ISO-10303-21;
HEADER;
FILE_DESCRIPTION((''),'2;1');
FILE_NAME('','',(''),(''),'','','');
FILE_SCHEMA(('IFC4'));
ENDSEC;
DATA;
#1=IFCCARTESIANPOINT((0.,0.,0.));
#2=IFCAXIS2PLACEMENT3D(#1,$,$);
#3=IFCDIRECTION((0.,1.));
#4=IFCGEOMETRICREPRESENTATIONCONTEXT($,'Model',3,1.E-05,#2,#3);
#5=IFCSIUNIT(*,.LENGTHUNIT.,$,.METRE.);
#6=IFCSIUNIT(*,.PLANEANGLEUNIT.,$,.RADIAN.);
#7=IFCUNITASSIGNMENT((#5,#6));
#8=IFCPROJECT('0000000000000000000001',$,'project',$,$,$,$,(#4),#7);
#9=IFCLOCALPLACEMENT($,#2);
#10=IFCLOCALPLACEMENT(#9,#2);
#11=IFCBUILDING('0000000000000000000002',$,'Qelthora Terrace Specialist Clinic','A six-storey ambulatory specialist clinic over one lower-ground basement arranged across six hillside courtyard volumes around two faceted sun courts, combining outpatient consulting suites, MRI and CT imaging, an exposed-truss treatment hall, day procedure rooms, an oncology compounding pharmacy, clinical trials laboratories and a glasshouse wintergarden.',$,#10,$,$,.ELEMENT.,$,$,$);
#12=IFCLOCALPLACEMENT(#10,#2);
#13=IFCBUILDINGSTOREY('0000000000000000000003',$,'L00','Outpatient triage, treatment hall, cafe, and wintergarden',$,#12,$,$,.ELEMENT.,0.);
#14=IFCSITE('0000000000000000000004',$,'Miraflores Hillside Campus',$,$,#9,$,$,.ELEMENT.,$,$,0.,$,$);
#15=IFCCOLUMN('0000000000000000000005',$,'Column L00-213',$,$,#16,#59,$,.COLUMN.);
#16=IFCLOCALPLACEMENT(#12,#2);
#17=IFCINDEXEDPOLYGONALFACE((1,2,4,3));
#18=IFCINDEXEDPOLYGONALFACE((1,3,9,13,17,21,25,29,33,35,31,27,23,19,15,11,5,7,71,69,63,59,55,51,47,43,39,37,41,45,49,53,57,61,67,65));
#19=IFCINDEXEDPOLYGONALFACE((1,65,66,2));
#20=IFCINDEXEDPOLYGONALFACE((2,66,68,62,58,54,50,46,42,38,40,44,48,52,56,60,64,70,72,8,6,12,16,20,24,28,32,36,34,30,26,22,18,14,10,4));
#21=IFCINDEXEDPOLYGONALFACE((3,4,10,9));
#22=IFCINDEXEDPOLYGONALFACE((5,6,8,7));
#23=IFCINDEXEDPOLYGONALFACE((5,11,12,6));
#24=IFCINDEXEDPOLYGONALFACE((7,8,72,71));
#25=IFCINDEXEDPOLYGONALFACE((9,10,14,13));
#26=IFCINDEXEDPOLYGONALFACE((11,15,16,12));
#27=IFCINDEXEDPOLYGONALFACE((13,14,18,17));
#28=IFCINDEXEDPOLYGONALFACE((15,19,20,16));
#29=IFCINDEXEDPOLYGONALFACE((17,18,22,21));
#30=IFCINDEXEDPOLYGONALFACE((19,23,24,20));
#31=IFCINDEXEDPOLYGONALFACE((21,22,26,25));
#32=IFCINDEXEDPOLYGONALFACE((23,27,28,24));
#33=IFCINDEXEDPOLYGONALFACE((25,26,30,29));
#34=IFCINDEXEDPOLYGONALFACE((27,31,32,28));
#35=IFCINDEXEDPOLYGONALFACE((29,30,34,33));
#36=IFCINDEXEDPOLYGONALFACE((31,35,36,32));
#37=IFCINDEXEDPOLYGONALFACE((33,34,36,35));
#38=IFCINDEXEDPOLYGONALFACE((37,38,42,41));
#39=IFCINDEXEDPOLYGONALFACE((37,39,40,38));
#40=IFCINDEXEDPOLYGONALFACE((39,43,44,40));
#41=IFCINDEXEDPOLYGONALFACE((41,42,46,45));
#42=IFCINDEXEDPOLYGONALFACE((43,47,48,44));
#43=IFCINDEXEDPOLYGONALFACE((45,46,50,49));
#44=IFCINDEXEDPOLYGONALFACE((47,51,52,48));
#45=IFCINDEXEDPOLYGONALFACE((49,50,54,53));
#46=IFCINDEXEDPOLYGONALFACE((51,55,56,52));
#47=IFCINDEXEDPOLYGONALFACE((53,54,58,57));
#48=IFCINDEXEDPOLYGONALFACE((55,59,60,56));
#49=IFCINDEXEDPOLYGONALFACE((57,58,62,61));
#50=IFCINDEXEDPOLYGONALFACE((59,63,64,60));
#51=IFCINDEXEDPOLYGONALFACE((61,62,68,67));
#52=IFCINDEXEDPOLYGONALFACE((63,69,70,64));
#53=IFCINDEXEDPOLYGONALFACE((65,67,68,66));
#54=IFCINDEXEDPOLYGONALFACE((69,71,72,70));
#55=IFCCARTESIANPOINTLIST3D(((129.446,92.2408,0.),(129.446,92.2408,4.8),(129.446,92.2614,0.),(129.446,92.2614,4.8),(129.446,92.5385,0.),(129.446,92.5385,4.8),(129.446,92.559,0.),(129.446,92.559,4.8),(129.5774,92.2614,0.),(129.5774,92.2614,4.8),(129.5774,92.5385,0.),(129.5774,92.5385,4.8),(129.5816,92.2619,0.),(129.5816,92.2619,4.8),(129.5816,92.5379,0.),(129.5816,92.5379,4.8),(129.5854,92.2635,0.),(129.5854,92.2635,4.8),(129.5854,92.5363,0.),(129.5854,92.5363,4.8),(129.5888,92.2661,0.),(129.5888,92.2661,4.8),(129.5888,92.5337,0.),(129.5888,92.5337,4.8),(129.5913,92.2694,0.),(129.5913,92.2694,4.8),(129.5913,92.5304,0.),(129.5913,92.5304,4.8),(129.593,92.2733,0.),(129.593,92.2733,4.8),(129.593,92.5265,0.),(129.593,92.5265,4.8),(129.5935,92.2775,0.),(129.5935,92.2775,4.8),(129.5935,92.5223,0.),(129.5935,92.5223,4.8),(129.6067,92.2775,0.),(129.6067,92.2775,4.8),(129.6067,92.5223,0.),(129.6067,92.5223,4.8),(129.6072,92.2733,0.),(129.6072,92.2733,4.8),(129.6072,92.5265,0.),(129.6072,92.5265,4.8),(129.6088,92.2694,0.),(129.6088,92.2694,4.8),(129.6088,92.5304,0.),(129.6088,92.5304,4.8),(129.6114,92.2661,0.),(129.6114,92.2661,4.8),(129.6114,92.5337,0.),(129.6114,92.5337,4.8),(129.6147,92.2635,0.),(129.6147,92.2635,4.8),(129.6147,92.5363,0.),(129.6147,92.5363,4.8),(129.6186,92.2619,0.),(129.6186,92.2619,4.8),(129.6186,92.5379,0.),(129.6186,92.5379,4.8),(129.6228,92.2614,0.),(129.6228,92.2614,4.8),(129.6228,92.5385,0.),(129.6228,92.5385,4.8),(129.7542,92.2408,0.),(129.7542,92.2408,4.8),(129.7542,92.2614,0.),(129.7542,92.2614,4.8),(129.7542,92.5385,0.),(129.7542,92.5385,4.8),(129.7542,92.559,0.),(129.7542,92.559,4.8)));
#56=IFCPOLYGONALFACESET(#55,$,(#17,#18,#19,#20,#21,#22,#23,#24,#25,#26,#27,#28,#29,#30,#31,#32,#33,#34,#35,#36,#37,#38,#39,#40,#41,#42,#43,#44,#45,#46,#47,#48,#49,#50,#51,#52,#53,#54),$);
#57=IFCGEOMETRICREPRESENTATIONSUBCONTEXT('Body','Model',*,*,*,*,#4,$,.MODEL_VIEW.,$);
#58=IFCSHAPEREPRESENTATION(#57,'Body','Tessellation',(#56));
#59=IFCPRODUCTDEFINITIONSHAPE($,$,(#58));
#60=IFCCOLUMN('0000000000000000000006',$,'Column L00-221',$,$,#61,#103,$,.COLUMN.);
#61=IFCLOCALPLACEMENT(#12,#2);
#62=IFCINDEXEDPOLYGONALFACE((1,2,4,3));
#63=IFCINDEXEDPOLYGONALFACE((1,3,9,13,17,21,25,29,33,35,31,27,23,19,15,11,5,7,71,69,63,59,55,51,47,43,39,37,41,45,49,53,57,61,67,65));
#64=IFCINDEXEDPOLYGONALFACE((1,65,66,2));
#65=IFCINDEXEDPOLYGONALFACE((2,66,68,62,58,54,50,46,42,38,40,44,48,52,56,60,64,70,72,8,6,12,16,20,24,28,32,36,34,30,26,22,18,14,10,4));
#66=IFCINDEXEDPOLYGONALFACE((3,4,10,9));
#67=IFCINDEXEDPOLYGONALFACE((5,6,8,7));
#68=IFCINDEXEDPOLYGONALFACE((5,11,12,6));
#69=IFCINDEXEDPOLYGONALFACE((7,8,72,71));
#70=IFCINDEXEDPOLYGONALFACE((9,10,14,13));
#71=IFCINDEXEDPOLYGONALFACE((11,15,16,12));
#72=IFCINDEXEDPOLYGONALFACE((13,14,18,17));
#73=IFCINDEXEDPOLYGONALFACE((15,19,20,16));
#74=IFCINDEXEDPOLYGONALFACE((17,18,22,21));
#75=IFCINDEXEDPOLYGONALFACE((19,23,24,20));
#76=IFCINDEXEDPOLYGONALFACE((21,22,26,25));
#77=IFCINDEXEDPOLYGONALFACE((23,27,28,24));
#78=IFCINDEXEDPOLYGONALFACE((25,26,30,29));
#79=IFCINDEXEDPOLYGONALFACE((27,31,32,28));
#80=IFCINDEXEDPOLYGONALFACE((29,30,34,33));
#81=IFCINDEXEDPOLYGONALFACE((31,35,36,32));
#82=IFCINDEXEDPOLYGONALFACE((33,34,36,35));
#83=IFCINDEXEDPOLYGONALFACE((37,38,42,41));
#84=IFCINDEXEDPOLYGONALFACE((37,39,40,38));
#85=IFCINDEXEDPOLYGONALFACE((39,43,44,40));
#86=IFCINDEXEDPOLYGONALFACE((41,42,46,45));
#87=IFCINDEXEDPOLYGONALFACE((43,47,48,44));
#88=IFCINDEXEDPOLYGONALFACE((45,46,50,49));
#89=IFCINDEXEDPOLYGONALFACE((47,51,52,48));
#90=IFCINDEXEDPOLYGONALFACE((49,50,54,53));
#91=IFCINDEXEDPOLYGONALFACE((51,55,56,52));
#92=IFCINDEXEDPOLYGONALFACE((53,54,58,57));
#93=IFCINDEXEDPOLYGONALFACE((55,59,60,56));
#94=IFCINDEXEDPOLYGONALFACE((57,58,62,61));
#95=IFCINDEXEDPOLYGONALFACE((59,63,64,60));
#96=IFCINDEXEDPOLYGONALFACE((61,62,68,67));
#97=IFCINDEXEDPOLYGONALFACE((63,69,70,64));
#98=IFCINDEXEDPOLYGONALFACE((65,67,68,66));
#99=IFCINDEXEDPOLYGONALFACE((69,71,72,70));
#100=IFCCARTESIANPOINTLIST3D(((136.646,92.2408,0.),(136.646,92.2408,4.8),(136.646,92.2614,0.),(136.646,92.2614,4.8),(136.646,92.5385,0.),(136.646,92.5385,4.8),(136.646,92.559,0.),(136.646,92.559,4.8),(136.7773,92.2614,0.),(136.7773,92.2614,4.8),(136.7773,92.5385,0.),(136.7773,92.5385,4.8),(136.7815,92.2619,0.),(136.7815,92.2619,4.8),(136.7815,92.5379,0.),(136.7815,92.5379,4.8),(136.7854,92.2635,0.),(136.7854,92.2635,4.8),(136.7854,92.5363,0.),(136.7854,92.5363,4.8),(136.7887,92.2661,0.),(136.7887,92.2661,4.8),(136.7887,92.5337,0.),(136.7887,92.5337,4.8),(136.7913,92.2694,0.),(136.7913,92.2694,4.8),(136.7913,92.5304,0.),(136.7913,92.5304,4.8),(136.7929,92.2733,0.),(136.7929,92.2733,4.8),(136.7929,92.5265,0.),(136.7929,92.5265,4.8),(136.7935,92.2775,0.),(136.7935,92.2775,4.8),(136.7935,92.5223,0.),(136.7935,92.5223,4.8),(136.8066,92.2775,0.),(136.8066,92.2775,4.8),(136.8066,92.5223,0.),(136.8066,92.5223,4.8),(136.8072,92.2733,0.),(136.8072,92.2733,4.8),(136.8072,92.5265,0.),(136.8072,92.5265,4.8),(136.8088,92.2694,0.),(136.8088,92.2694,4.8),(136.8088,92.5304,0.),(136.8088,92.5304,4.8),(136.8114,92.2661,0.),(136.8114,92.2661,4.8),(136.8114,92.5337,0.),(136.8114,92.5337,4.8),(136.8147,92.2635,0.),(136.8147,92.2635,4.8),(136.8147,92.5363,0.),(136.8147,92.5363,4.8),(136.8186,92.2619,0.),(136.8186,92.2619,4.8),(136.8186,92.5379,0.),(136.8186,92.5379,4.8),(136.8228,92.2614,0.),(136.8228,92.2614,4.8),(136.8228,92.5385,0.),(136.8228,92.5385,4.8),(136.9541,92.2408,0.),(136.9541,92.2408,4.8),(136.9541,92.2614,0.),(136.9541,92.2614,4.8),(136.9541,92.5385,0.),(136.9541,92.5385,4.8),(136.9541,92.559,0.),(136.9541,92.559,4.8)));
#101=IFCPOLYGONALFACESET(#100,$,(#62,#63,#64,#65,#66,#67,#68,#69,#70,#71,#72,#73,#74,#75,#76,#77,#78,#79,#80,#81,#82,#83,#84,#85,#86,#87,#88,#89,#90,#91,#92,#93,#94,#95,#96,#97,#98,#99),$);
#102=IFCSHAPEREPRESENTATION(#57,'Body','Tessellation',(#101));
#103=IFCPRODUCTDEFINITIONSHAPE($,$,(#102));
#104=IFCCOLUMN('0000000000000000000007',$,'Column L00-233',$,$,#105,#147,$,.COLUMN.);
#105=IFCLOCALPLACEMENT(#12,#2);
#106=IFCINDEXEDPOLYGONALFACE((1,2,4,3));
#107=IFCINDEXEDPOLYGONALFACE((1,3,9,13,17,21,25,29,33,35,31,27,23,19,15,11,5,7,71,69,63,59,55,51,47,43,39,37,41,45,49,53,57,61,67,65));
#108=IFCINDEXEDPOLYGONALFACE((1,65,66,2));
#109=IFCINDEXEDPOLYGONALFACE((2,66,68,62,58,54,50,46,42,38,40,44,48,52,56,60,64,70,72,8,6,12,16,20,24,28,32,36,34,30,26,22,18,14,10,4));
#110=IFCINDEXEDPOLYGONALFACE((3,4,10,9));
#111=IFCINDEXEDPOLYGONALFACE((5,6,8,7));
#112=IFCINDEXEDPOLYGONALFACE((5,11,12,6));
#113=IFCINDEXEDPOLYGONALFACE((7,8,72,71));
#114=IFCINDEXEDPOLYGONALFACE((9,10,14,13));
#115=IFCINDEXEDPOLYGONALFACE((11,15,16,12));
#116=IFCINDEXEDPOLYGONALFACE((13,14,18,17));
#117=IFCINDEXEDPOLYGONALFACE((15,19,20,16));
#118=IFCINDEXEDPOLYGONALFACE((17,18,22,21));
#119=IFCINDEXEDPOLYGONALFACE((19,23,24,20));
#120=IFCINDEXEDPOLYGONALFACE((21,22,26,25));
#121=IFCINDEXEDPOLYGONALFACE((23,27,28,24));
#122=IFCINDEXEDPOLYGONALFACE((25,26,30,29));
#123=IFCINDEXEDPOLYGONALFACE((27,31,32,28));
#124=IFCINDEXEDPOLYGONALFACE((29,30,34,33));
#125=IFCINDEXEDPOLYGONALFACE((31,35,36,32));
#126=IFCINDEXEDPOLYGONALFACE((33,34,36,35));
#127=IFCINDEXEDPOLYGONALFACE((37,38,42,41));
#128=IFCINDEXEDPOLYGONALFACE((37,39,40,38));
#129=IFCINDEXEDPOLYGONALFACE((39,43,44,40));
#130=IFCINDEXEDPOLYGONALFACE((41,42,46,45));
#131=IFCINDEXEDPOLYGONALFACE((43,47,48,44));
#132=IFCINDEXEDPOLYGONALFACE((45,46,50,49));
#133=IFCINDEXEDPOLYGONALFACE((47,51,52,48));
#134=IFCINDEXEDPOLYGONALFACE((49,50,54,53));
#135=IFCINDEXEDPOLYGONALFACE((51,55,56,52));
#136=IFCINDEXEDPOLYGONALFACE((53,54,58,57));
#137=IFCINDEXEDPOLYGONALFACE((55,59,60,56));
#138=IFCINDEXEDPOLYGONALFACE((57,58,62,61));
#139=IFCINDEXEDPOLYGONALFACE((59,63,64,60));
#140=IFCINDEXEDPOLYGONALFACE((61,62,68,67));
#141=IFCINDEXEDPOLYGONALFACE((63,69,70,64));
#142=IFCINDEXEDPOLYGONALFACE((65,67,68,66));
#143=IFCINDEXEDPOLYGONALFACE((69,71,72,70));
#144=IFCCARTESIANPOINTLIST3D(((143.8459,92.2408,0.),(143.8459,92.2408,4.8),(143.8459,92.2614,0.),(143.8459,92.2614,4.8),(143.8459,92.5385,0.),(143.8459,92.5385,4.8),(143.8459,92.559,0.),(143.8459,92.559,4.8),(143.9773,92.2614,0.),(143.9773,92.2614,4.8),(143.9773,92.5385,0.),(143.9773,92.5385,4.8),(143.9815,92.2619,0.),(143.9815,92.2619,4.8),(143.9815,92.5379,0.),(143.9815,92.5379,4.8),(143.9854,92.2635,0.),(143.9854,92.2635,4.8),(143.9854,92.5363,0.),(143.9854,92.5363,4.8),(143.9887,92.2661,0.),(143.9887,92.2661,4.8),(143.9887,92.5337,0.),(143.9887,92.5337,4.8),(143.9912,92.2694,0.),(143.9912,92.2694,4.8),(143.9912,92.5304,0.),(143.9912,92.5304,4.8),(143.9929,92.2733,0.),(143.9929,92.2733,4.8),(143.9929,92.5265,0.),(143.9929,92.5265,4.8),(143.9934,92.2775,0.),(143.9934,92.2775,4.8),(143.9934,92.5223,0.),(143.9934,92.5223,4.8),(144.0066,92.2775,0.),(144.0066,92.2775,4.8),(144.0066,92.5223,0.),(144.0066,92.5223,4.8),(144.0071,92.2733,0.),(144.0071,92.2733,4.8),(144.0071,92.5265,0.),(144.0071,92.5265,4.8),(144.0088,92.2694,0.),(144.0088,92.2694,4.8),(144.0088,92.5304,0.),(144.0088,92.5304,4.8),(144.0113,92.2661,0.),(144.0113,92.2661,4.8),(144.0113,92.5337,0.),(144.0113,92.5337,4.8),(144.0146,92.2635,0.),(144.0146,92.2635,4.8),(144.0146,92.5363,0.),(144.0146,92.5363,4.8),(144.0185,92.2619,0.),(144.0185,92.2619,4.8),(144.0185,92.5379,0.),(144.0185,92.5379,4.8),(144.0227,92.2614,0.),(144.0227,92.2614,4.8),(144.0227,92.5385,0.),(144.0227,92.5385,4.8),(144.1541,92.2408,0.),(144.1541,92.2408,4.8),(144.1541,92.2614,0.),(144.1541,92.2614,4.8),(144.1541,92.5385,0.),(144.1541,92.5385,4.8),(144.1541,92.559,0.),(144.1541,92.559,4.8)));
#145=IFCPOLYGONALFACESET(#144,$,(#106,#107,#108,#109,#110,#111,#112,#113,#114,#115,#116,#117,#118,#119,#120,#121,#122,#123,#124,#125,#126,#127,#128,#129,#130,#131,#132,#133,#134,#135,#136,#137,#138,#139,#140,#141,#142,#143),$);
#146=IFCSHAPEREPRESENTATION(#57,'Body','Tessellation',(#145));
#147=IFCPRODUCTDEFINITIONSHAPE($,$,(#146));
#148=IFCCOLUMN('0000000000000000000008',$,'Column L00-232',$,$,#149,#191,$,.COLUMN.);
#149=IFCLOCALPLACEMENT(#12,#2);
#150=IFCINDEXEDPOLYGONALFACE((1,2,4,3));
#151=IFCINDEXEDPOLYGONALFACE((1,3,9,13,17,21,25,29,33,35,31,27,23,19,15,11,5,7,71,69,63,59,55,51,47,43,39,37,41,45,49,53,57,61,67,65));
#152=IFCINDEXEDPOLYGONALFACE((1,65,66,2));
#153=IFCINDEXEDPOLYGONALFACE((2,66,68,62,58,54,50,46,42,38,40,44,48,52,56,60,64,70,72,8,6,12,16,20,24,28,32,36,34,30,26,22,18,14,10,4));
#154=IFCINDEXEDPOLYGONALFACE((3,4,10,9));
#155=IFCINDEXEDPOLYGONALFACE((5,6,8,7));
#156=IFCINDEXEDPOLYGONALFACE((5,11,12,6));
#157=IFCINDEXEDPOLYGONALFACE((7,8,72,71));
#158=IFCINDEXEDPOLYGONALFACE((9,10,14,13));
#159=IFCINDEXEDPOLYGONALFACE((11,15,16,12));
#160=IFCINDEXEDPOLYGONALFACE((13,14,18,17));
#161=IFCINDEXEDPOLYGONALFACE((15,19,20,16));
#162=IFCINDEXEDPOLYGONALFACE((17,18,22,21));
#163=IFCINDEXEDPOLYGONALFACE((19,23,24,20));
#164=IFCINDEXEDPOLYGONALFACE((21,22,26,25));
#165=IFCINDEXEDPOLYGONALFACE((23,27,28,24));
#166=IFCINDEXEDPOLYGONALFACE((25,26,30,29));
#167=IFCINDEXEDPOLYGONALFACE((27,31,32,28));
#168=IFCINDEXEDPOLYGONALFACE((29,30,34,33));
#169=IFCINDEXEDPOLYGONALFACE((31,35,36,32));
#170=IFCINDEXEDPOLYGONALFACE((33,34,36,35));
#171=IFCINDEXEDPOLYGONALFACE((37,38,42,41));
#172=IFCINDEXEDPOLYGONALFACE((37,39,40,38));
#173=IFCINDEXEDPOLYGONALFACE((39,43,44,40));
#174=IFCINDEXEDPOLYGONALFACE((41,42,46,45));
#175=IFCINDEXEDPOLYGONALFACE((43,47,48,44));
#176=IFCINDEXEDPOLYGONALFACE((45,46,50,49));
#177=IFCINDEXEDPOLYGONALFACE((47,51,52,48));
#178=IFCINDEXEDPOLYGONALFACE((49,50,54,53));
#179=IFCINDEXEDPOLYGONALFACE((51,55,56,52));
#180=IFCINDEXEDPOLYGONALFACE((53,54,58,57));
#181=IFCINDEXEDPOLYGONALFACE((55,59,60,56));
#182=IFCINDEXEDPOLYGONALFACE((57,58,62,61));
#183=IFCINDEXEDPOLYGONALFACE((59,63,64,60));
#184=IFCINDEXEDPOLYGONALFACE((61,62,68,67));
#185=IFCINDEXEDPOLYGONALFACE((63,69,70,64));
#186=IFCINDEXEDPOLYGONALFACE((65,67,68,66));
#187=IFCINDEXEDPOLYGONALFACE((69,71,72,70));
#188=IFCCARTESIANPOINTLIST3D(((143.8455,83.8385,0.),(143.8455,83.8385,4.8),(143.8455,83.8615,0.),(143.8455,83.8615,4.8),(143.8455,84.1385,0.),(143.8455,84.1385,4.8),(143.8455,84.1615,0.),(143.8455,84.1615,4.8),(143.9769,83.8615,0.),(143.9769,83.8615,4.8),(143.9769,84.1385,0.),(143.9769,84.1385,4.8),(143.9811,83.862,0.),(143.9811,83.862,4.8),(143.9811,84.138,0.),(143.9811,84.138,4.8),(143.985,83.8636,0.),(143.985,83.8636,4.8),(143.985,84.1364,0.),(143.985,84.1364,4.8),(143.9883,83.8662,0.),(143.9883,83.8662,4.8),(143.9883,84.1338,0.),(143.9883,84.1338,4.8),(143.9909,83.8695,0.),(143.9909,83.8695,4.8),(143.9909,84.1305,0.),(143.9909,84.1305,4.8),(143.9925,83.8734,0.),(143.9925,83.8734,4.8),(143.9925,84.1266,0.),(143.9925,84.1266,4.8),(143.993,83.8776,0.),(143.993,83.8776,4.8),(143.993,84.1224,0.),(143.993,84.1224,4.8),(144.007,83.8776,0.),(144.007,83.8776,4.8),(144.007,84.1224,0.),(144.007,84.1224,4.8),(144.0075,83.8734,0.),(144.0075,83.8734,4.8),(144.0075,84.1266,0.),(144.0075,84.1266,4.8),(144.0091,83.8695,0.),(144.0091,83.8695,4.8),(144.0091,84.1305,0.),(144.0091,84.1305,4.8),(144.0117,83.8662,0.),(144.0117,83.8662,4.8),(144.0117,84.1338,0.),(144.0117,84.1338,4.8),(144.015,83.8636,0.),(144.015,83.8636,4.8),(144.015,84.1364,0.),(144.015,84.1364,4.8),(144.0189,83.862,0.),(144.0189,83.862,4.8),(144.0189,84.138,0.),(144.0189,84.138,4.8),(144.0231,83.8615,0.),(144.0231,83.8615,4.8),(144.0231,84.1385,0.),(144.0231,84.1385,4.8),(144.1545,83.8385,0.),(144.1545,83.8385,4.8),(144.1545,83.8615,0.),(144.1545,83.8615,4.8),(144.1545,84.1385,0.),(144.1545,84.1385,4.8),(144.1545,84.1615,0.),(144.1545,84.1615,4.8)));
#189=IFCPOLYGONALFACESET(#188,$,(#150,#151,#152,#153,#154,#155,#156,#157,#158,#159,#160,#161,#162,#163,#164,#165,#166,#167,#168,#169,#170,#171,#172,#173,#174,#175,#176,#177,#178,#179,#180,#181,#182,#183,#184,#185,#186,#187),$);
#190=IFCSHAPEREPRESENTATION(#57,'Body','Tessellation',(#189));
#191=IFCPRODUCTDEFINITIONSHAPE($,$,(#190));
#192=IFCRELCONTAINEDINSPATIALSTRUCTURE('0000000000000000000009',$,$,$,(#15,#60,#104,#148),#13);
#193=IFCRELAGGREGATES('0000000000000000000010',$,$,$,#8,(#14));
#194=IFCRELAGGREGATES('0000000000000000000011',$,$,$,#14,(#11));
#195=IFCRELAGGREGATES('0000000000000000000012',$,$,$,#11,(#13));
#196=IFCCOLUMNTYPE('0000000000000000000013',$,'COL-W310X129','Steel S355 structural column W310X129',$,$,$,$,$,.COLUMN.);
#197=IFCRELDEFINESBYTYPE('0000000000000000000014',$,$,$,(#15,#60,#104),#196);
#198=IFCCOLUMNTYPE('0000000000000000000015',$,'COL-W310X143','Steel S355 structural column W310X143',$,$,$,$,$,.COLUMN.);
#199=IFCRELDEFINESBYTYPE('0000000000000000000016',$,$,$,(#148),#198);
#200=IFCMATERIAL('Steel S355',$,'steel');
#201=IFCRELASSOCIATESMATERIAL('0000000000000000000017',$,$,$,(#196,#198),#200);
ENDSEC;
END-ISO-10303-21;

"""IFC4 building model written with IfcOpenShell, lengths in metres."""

from ifc_helpers import new_model, si_unit, direction, frame, origin, origin_2d, place, context, subcontext, project, spatial, i_section, extrude, material, material_profile, profile_set, type_object, element, save


model = new_model("IFC4")

# Units and contexts
model_context = context("Model", 3, precision=1e-05, world=origin(), true_north=direction((0.0, 1.0)))
body_context = subcontext(model_context, "Body", "Model", "MODEL_VIEW")
ifc_project = project(units=[si_unit("LENGTHUNIT", "METRE"), si_unit("PLANEANGLEUNIT", "RADIAN")], contexts=[model_context])

# Site, building, storey
site_placement = place(None, origin())
site = spatial("IfcSite", under=ifc_project, at=site_placement, Name="Miraflores Hillside Campus", CompositionType="ELEMENT", RefElevation=0.0)
building_placement = place(site_placement, origin())
building = spatial("IfcBuilding", under=site, at=building_placement, Name="Qelthora Terrace Specialist Clinic", Description="A six-storey ambulatory specialist clinic over one lower-ground basement arranged across six hillside courtyard volumes around two faceted sun courts, combining outpatient consulting suites, MRI and CT imaging, an exposed-truss treatment hall, day procedure rooms, an oncology compounding pharmacy, clinical trials laboratories and a glasshouse wintergarden.", CompositionType="ELEMENT")
storey_placement = place(building_placement, origin())
storey = spatial("IfcBuildingStorey", under=building, at=storey_placement, Name="L00", Description="Outpatient triage, treatment hall, cafe, and wintergarden", CompositionType="ELEMENT", Elevation=0.0)

# Columns
ifc_material_1 = material(Name="Steel S355", Category="steel")
ifc_material_profile_1 = material_profile(ifc_material_1, i_section(OverallWidth=0.3081, OverallDepth=0.3181, WebThickness=0.0132, FlangeThickness=0.0205, FilletRadius=0.0161, at=origin_2d()), Name="W310X129")
ifc_profile_set_1 = profile_set([ifc_material_profile_1], Name="Steel S355")
column_type_1 = type_object("IfcColumnType", Name="COL-W310X129", Description="Steel S355 structural column W310X129", PredefinedType="COLUMN", material=ifc_profile_set_1)
for number, where, z_axis, x_axis, name in (
    (1, (129.6001, 92.3999, 0.0), (0.0, 0.0, 1.0), (1.0, 0.0, 0.0), "Column L00-213"),
    (2, (136.8, 92.3999, 0.0), (0.0, 0.0, 1.0), (1.0, 0.0, 0.0), "Column L00-221"),
    (3, (144.0, 92.3999, 0.0), (0.0, 0.0, 1.0), (1.0, 0.0, 0.0), "Column L00-233"),
):
    element("IfcColumn", number, at=place(storey_placement, frame(where, z_axis=z_axis, x_axis=x_axis)), inside=storey, type_object=column_type_1, Name=name, PredefinedType="COLUMN", context=body_context, shape_type="SweptSolid", body=[
        extrude(i_section(OverallWidth=0.3081, OverallDepth=0.3181, WebThickness=0.0132, FlangeThickness=0.0205, FilletRadius=0.0161, at=origin_2d()), origin(), (0.0, 0.0, 1.0), 4.8),
    ])
ifc_material_profile_2 = material_profile(ifc_material_1, i_section(OverallWidth=0.3091, OverallDepth=0.323, WebThickness=0.0139, FlangeThickness=0.0229, FilletRadius=0.0161, at=origin_2d()), Name="W310X143")
ifc_profile_set_2 = profile_set([ifc_material_profile_2], Name="Steel S355")
column_type_2 = type_object("IfcColumnType", Name="COL-W310X143", Description="Steel S355 structural column W310X143", PredefinedType="COLUMN", material=ifc_profile_set_2)
column_placement = place(storey_placement, frame((144.0, 84.0, 0.0), z_axis=(0.0, 0.0, 1.0), x_axis=(1.0, 0.0, 0.0)))
element("IfcColumn", 4, at=column_placement, inside=storey, type_object=column_type_2, Name="Column L00-232", PredefinedType="COLUMN", context=body_context, shape_type="SweptSolid", body=[
    extrude(i_section(OverallWidth=0.3091, OverallDepth=0.323, WebThickness=0.0139, FlangeThickness=0.0229, FilletRadius=0.0161, at=origin_2d()), origin(), (0.0, 0.0, 1.0), 4.8),
])

save(model, "model.ifc")
